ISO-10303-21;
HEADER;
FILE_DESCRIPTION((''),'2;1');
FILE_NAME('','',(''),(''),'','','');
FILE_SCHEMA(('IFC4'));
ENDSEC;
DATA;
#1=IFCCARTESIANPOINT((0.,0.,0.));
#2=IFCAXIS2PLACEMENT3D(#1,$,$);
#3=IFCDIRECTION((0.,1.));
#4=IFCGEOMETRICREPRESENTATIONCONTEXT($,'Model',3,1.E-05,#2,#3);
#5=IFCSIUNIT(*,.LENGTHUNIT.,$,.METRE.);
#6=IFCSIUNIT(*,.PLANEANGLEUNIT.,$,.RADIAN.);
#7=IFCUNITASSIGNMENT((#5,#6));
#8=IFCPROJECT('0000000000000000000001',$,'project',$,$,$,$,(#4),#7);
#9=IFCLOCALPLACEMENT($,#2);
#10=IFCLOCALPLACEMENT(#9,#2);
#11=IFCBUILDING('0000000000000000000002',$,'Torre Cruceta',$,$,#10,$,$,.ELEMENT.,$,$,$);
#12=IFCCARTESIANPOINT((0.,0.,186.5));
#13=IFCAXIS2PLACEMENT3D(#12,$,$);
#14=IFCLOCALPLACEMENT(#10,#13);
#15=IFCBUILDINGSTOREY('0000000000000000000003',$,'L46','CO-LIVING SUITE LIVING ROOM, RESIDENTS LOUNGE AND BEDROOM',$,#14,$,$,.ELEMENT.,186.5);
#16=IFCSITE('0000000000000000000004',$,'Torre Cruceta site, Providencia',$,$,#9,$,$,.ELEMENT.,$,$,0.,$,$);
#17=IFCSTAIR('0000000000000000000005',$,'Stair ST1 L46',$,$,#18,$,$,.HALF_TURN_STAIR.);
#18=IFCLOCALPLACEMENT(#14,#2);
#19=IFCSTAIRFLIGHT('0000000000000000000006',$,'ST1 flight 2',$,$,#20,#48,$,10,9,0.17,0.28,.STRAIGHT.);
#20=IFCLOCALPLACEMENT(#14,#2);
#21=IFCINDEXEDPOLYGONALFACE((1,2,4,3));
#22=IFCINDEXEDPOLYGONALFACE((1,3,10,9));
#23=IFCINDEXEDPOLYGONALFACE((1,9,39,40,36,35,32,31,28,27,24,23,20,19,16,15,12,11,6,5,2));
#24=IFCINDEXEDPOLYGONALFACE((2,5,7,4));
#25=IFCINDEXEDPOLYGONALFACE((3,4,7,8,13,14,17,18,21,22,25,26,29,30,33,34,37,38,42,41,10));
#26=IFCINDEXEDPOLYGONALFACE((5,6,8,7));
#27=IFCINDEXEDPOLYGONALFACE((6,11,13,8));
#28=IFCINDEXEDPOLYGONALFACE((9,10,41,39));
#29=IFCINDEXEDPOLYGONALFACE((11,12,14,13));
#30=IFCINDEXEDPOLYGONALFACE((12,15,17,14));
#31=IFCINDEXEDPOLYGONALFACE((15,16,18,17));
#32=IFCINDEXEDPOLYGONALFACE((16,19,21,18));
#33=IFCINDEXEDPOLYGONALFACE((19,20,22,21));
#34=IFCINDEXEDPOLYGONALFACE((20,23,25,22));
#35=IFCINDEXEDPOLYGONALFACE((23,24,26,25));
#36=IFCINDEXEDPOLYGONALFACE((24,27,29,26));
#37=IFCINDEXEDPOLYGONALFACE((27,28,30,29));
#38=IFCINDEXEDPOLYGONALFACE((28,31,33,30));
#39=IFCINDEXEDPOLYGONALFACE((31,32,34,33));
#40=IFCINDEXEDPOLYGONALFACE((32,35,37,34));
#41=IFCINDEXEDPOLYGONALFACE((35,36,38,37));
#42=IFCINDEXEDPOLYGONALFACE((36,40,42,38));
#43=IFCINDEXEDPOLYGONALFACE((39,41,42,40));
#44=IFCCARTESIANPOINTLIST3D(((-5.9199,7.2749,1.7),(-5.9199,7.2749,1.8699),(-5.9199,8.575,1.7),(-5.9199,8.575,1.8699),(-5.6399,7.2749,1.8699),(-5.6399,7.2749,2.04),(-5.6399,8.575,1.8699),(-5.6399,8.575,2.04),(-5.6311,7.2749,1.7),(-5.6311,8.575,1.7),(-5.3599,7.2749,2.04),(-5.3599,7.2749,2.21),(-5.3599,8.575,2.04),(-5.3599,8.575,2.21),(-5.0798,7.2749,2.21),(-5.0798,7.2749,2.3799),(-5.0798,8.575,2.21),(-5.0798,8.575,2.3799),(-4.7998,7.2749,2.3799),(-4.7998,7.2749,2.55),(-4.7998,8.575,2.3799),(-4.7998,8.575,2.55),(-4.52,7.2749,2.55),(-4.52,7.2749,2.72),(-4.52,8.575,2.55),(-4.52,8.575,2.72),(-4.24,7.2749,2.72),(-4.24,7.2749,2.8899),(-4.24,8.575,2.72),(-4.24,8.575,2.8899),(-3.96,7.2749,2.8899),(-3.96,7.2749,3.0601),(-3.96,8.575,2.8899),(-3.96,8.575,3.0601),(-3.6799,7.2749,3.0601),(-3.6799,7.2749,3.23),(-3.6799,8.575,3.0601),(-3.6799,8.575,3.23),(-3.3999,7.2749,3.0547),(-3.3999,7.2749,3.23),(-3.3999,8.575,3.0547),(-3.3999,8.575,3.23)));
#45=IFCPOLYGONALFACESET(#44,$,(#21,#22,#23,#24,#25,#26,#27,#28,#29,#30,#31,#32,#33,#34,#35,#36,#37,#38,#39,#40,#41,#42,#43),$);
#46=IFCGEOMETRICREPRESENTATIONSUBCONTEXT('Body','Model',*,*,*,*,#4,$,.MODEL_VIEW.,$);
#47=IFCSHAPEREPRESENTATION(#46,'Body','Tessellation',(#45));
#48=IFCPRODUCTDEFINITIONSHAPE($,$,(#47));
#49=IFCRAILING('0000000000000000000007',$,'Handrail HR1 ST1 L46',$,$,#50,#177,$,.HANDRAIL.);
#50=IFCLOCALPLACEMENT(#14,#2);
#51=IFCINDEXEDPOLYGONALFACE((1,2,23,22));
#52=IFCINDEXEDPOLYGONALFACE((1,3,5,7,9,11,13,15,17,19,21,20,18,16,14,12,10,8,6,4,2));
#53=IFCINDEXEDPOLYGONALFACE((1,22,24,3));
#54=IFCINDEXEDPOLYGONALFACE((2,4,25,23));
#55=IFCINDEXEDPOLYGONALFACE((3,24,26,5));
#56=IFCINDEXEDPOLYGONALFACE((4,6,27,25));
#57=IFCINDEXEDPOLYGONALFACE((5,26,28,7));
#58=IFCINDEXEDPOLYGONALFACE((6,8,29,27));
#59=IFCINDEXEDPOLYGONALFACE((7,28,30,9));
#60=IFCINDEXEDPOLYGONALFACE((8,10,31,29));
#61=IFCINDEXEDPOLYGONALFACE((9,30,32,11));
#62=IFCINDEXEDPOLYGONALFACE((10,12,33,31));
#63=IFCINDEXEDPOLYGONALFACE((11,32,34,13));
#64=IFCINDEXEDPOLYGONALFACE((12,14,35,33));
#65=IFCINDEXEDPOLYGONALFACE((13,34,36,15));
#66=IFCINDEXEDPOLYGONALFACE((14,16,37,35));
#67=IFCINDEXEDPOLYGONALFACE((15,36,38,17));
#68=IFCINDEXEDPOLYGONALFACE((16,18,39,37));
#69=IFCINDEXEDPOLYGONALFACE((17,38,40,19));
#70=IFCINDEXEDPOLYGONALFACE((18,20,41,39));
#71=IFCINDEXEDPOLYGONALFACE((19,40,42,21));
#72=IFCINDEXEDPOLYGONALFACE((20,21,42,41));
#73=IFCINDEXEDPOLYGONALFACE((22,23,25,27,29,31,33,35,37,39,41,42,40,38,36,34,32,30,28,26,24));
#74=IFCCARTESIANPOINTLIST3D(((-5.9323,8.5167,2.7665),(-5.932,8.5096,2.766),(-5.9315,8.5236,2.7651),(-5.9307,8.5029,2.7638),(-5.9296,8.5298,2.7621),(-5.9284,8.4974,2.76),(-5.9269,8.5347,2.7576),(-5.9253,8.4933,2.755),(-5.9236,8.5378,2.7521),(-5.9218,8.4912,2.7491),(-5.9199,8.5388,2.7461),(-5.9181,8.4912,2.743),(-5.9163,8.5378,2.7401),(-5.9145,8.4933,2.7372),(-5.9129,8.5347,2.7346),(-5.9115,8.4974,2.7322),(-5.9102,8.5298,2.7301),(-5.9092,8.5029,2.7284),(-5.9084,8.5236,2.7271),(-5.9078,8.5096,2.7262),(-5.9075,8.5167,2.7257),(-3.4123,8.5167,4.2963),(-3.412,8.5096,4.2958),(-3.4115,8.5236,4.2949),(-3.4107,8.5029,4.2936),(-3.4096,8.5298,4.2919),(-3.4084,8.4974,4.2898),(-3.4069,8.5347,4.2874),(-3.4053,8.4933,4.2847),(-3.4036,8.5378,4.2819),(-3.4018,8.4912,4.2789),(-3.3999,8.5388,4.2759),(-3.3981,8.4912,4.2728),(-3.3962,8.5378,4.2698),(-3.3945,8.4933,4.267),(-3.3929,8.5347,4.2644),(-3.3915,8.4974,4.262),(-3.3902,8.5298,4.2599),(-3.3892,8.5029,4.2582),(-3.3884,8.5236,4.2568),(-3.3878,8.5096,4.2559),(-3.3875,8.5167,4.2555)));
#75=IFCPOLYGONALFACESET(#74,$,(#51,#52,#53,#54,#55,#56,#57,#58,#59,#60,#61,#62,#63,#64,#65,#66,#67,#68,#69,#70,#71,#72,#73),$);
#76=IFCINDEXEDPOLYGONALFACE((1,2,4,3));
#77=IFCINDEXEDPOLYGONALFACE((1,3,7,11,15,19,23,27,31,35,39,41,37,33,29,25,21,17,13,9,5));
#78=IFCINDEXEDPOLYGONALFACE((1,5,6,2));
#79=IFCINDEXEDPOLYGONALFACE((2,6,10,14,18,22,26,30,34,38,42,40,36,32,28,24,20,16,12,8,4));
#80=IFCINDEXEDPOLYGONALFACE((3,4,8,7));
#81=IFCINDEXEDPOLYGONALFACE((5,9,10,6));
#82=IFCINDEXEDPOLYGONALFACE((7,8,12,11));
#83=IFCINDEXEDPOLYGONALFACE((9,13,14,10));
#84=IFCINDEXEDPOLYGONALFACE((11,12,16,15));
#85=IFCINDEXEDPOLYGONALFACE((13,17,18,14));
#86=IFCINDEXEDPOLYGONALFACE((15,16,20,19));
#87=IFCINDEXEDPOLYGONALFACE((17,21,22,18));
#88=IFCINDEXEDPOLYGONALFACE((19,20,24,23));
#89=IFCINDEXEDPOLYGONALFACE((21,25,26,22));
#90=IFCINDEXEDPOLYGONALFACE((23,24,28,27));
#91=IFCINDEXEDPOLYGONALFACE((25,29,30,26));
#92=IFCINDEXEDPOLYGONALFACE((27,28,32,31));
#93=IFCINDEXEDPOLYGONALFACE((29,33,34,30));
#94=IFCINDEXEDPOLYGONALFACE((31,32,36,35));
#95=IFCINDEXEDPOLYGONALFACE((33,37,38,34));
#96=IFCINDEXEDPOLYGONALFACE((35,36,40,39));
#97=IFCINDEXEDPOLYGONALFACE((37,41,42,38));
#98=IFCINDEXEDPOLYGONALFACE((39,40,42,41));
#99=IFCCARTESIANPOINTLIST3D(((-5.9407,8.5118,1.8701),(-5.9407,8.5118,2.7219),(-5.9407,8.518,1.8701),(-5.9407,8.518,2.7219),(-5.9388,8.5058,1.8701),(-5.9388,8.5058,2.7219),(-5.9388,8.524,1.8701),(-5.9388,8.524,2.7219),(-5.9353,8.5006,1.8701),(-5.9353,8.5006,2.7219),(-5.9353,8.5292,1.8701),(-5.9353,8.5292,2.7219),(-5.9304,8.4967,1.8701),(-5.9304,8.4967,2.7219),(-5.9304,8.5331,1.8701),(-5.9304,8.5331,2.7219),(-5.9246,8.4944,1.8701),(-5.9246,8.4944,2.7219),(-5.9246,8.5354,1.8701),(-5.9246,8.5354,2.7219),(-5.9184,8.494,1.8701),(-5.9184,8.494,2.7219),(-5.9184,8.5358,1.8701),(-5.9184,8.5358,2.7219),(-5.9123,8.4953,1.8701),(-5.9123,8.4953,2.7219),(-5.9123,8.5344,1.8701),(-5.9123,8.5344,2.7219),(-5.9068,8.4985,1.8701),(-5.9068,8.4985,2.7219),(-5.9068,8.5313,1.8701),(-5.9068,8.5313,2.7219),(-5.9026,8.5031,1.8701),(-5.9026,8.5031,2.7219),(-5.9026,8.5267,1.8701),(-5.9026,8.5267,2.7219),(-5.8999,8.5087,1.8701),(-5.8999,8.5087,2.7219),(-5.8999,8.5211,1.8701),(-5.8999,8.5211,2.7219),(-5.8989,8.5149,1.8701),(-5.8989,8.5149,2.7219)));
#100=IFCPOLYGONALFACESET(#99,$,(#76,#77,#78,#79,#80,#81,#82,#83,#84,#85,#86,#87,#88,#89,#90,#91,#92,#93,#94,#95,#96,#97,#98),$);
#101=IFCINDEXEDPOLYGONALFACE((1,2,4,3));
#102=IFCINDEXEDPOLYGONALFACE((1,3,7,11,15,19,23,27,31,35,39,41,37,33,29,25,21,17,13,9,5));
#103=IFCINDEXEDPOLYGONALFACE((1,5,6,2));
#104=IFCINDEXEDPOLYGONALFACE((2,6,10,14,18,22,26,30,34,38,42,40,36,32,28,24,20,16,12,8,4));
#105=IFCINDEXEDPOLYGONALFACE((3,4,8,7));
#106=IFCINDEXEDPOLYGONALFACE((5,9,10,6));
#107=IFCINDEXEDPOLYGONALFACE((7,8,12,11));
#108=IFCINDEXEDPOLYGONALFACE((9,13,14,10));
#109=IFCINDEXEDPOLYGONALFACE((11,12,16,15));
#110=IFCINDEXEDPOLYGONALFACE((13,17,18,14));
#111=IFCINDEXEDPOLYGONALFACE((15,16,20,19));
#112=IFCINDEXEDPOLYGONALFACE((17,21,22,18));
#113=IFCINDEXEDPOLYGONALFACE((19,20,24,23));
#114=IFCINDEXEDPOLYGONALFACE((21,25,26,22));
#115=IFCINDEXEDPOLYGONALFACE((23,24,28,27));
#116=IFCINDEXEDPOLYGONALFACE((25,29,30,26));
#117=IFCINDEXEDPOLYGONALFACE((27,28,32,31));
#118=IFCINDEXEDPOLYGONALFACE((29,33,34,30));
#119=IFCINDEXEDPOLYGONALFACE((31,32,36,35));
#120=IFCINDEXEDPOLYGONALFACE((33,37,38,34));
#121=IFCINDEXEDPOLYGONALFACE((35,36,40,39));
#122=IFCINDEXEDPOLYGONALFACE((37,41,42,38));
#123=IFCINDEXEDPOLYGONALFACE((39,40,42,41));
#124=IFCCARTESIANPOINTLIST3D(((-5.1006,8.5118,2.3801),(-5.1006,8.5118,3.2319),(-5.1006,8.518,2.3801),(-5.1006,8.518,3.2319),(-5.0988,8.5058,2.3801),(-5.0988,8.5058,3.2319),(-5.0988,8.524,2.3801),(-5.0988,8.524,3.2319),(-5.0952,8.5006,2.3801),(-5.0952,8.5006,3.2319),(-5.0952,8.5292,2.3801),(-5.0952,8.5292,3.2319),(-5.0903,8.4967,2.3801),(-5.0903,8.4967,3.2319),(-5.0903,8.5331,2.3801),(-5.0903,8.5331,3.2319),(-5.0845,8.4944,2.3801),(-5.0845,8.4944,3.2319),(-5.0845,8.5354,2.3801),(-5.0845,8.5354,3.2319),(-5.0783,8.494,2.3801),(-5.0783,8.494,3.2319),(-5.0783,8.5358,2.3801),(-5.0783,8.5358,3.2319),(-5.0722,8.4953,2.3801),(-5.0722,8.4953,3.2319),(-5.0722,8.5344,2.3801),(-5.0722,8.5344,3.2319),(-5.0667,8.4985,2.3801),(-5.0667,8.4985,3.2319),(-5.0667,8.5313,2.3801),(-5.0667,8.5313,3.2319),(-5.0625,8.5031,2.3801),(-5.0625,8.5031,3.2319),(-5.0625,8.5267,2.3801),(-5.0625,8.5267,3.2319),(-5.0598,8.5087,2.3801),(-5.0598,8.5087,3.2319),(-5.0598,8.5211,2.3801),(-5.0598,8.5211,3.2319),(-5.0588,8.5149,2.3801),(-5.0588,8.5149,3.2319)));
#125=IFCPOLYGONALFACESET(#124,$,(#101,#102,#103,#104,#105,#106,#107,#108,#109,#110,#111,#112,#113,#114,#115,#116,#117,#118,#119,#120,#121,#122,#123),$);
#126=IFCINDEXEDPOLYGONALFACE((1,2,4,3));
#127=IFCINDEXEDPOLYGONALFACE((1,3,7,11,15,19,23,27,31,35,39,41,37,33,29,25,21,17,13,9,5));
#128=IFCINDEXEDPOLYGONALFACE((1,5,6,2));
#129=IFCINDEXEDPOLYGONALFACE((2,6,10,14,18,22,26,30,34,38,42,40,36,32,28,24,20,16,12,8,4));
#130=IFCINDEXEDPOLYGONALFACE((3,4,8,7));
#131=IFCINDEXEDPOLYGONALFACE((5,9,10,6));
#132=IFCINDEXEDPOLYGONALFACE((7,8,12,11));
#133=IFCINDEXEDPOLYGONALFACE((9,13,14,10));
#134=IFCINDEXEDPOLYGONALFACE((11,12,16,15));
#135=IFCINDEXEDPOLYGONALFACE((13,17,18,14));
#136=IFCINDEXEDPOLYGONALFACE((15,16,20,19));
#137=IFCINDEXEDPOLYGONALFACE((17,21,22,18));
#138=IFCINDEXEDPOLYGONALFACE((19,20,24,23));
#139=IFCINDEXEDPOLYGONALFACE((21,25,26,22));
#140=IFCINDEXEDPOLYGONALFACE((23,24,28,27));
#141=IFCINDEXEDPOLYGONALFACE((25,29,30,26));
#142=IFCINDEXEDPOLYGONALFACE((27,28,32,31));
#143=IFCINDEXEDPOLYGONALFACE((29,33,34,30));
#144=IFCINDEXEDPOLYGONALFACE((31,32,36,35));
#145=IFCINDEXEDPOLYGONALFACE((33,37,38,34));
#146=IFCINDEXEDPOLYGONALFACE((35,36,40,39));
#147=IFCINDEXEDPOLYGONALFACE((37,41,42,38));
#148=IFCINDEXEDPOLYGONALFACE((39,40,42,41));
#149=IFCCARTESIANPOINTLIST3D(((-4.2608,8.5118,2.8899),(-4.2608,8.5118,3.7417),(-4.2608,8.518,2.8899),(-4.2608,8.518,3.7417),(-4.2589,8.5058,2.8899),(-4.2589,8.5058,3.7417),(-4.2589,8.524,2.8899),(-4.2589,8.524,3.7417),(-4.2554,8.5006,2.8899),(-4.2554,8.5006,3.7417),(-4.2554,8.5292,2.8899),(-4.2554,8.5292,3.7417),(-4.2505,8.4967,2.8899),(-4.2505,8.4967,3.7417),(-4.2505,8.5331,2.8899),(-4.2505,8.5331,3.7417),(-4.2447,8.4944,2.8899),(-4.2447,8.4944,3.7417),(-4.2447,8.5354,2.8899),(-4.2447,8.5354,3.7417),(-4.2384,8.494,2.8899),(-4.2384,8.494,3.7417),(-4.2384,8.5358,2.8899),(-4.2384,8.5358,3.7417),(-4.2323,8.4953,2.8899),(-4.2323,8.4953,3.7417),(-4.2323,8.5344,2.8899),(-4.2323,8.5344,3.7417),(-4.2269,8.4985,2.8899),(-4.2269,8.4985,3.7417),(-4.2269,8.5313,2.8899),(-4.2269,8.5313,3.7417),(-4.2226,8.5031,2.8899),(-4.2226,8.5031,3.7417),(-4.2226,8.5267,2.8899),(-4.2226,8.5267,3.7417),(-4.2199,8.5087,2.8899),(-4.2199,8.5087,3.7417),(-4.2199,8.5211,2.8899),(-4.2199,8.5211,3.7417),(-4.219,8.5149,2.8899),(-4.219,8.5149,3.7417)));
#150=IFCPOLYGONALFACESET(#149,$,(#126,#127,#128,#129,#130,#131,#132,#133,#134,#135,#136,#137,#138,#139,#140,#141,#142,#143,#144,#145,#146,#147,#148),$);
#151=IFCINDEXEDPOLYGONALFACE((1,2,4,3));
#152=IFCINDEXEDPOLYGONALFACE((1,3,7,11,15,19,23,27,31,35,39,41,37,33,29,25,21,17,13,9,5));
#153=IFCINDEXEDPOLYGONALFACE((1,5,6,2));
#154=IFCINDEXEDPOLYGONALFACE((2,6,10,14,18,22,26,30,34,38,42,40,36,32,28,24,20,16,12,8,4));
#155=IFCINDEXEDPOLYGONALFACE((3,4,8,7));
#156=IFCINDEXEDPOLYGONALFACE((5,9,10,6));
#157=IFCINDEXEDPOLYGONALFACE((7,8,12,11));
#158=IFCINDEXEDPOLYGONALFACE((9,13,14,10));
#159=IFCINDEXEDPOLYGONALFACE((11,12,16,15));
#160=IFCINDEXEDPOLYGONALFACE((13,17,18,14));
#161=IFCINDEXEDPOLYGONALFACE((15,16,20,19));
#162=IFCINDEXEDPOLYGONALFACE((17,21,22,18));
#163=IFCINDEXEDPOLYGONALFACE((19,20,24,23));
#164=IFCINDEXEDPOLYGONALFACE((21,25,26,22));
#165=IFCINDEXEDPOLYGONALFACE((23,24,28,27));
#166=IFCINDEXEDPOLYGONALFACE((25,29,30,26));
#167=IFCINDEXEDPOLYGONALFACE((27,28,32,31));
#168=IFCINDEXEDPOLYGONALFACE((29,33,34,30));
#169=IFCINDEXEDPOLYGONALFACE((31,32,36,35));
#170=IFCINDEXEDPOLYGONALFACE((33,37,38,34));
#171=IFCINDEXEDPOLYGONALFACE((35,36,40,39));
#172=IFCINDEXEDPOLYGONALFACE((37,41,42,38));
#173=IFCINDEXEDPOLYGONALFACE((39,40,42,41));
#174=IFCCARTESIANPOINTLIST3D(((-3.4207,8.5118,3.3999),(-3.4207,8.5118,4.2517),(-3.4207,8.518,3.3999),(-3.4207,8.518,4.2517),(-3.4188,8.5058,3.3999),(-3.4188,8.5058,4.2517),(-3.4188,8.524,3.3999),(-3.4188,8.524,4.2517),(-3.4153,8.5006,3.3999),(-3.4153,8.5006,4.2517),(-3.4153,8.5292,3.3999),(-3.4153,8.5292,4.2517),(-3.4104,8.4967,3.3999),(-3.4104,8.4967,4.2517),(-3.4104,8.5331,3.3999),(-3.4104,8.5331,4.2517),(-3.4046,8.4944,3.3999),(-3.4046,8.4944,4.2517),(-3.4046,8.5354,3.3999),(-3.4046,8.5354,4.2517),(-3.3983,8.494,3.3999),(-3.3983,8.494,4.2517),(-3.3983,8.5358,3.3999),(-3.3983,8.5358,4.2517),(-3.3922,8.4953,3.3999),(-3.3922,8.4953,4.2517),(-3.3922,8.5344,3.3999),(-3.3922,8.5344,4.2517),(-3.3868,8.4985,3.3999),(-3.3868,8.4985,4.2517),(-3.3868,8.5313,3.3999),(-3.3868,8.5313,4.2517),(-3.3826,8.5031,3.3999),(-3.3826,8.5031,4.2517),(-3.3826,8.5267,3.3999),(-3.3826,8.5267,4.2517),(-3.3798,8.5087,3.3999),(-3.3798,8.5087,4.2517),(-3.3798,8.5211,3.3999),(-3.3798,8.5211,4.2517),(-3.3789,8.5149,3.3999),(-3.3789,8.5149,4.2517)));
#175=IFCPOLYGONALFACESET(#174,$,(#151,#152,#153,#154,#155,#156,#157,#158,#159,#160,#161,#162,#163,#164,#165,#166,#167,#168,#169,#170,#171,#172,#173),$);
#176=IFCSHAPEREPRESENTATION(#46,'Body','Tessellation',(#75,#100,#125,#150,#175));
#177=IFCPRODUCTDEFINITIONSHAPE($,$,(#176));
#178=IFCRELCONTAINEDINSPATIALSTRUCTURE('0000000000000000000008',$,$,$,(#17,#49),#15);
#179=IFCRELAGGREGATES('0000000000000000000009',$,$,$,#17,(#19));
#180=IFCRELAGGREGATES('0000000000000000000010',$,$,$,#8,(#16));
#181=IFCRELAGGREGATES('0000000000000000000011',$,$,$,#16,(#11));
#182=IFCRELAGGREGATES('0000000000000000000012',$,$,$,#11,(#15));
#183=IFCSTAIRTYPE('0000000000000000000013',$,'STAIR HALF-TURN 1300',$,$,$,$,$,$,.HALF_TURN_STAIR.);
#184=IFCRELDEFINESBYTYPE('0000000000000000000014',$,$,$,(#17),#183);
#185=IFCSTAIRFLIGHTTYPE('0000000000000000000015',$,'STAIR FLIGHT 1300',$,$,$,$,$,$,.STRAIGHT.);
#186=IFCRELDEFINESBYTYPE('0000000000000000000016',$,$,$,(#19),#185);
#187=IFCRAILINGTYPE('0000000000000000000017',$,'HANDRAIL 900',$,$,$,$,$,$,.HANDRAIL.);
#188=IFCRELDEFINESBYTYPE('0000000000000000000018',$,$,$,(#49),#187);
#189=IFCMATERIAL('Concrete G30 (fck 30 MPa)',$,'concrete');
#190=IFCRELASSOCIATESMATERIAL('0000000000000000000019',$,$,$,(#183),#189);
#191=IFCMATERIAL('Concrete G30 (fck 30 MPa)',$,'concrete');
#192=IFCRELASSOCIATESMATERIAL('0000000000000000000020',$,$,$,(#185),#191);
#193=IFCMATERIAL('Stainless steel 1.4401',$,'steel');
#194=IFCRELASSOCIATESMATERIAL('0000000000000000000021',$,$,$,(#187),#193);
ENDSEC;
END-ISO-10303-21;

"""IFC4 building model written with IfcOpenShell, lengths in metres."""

from ifc_helpers import new_model, si_unit, direction, frame, origin, origin_2d, place, context, subcontext, project, spatial, polyline, circle, outline, extrude, material, type_object, element, aggregate, save


model = new_model("IFC4")

# Units and contexts
model_context = context("Model", 3, precision=1e-05, world=origin(), true_north=direction((0.0, 1.0)))
body_context = subcontext(model_context, "Body", "Model", "MODEL_VIEW")
ifc_project = project(units=[si_unit("LENGTHUNIT", "METRE"), si_unit("PLANEANGLEUNIT", "RADIAN")], contexts=[model_context])

# Site, building, storey
site_placement = place(None, origin())
site = spatial("IfcSite", under=ifc_project, at=site_placement, Name="Torre Cruceta site, Providencia", CompositionType="ELEMENT", RefElevation=0.0)
building_placement = place(site_placement, origin())
building = spatial("IfcBuilding", under=site, at=building_placement, Name="Torre Cruceta", CompositionType="ELEMENT")
storey_placement = place(building_placement, frame((0.0, 0.0, 186.5)))
storey = spatial("IfcBuildingStorey", under=building, at=storey_placement, Name="L46", Description="CO-LIVING SUITE LIVING ROOM, RESIDENTS LOUNGE AND BEDROOM", CompositionType="ELEMENT", Elevation=186.5)

# Stair, stair flight
ifc_material_1 = material(Name="Concrete G30 (fck 30 MPa)", Category="concrete")
stair_type = type_object("IfcStairType", Name="STAIR HALF-TURN 1300", PredefinedType="HALF_TURN_STAIR", material=ifc_material_1)
stair_placement = place(storey_placement, origin())
stair = element("IfcStair", 1, at=stair_placement, inside=storey, type_object=stair_type, Name="Stair ST1 L46", PredefinedType="HALF_TURN_STAIR")
ifc_material_2 = material(Name="Concrete G30 (fck 30 MPa)", Category="concrete")
stair_flight_type = type_object("IfcStairFlightType", Name="STAIR FLIGHT 1300", PredefinedType="STRAIGHT", material=ifc_material_2)
stair_flight_1_placement = place(storey_placement, frame((-5.9199, 7.925, 1.7), z_axis=(0.0, 0.0, 1.0), x_axis=(1.0, 0.0, 0.0)))
stair_flight_1 = element("IfcStairFlight", 2, at=stair_flight_1_placement, type_object=stair_flight_type, Name="ST1 flight 2", NumberOfRisers=10, NumberOfTreads=9, PredefinedType="STRAIGHT", RiserHeight=0.17, TreadLength=0.28, context=body_context, shape_type="SweptSolid", body=[
    extrude(outline(polyline([(0.0, 0.0), (0.0, 0.1699), (0.28, 0.1699), (0.28, 0.3401), (0.5601, 0.3401), (0.5601, 0.51), (0.8401, 0.51), (0.8401, 0.6799), (1.1201, 0.6799), (1.1201, 0.8501), (1.3999, 0.8501), (1.3999, 1.02), (1.6799, 1.02), (1.6799, 1.1899), (1.96, 1.1899), (1.96, 1.3601), (2.24, 1.3601), (2.24, 1.53), (2.52, 1.53), (2.52, 1.7), (2.52, 1.3547), (0.2888, 0.0), (0.0, 0.0)])), frame((0.0, 0.6499, 0.0), z_axis=(0.0, -1.0, 0.0), x_axis=(1.0, 0.0, 0.0)), (0.0, 0.0, 1.0), 1.3),
])
aggregate(stair, [stair_flight_1])

# Railing
ifc_material_3 = material(Name="Stainless steel 1.4401", Category="steel")
railing_type = type_object("IfcRailingType", Name="HANDRAIL 900", PredefinedType="HANDRAIL", material=ifc_material_3)
railing_1_placement = place(storey_placement, frame((-5.9199, 8.5149, 1.8701)))
element("IfcRailing", 3, at=railing_1_placement, inside=storey, type_object=railing_type, Name="Handrail HR1 ST1 L46", PredefinedType="HANDRAIL", context=body_context, shape_type="SweptSolid", body=[
    extrude(circle(Radius=0.0239, at=origin_2d()), frame((0.0, 0.0, 0.876), z_axis=(0.854822, 0.0, 0.518922), x_axis=(0.0, 1.0, 0.0)), (0.0, 0.0, 1.0), 2.948),
    extrude(circle(Radius=0.021, at=origin_2d()), origin(), (0.0, 0.0, 1.0), 0.8518),
    extrude(circle(Radius=0.021, at=origin_2d()), frame((0.8401, 0.0, 0.51)), (0.0, 0.0, 1.0), 0.8518),
    extrude(circle(Radius=0.021, at=origin_2d()), frame((1.6799, 0.0, 1.0198)), (0.0, 0.0, 1.0), 0.8518),
    extrude(circle(Radius=0.021, at=origin_2d()), frame((2.52, 0.0, 1.5298)), (0.0, 0.0, 1.0), 0.8518),
])

save(model, "model.ifc")
